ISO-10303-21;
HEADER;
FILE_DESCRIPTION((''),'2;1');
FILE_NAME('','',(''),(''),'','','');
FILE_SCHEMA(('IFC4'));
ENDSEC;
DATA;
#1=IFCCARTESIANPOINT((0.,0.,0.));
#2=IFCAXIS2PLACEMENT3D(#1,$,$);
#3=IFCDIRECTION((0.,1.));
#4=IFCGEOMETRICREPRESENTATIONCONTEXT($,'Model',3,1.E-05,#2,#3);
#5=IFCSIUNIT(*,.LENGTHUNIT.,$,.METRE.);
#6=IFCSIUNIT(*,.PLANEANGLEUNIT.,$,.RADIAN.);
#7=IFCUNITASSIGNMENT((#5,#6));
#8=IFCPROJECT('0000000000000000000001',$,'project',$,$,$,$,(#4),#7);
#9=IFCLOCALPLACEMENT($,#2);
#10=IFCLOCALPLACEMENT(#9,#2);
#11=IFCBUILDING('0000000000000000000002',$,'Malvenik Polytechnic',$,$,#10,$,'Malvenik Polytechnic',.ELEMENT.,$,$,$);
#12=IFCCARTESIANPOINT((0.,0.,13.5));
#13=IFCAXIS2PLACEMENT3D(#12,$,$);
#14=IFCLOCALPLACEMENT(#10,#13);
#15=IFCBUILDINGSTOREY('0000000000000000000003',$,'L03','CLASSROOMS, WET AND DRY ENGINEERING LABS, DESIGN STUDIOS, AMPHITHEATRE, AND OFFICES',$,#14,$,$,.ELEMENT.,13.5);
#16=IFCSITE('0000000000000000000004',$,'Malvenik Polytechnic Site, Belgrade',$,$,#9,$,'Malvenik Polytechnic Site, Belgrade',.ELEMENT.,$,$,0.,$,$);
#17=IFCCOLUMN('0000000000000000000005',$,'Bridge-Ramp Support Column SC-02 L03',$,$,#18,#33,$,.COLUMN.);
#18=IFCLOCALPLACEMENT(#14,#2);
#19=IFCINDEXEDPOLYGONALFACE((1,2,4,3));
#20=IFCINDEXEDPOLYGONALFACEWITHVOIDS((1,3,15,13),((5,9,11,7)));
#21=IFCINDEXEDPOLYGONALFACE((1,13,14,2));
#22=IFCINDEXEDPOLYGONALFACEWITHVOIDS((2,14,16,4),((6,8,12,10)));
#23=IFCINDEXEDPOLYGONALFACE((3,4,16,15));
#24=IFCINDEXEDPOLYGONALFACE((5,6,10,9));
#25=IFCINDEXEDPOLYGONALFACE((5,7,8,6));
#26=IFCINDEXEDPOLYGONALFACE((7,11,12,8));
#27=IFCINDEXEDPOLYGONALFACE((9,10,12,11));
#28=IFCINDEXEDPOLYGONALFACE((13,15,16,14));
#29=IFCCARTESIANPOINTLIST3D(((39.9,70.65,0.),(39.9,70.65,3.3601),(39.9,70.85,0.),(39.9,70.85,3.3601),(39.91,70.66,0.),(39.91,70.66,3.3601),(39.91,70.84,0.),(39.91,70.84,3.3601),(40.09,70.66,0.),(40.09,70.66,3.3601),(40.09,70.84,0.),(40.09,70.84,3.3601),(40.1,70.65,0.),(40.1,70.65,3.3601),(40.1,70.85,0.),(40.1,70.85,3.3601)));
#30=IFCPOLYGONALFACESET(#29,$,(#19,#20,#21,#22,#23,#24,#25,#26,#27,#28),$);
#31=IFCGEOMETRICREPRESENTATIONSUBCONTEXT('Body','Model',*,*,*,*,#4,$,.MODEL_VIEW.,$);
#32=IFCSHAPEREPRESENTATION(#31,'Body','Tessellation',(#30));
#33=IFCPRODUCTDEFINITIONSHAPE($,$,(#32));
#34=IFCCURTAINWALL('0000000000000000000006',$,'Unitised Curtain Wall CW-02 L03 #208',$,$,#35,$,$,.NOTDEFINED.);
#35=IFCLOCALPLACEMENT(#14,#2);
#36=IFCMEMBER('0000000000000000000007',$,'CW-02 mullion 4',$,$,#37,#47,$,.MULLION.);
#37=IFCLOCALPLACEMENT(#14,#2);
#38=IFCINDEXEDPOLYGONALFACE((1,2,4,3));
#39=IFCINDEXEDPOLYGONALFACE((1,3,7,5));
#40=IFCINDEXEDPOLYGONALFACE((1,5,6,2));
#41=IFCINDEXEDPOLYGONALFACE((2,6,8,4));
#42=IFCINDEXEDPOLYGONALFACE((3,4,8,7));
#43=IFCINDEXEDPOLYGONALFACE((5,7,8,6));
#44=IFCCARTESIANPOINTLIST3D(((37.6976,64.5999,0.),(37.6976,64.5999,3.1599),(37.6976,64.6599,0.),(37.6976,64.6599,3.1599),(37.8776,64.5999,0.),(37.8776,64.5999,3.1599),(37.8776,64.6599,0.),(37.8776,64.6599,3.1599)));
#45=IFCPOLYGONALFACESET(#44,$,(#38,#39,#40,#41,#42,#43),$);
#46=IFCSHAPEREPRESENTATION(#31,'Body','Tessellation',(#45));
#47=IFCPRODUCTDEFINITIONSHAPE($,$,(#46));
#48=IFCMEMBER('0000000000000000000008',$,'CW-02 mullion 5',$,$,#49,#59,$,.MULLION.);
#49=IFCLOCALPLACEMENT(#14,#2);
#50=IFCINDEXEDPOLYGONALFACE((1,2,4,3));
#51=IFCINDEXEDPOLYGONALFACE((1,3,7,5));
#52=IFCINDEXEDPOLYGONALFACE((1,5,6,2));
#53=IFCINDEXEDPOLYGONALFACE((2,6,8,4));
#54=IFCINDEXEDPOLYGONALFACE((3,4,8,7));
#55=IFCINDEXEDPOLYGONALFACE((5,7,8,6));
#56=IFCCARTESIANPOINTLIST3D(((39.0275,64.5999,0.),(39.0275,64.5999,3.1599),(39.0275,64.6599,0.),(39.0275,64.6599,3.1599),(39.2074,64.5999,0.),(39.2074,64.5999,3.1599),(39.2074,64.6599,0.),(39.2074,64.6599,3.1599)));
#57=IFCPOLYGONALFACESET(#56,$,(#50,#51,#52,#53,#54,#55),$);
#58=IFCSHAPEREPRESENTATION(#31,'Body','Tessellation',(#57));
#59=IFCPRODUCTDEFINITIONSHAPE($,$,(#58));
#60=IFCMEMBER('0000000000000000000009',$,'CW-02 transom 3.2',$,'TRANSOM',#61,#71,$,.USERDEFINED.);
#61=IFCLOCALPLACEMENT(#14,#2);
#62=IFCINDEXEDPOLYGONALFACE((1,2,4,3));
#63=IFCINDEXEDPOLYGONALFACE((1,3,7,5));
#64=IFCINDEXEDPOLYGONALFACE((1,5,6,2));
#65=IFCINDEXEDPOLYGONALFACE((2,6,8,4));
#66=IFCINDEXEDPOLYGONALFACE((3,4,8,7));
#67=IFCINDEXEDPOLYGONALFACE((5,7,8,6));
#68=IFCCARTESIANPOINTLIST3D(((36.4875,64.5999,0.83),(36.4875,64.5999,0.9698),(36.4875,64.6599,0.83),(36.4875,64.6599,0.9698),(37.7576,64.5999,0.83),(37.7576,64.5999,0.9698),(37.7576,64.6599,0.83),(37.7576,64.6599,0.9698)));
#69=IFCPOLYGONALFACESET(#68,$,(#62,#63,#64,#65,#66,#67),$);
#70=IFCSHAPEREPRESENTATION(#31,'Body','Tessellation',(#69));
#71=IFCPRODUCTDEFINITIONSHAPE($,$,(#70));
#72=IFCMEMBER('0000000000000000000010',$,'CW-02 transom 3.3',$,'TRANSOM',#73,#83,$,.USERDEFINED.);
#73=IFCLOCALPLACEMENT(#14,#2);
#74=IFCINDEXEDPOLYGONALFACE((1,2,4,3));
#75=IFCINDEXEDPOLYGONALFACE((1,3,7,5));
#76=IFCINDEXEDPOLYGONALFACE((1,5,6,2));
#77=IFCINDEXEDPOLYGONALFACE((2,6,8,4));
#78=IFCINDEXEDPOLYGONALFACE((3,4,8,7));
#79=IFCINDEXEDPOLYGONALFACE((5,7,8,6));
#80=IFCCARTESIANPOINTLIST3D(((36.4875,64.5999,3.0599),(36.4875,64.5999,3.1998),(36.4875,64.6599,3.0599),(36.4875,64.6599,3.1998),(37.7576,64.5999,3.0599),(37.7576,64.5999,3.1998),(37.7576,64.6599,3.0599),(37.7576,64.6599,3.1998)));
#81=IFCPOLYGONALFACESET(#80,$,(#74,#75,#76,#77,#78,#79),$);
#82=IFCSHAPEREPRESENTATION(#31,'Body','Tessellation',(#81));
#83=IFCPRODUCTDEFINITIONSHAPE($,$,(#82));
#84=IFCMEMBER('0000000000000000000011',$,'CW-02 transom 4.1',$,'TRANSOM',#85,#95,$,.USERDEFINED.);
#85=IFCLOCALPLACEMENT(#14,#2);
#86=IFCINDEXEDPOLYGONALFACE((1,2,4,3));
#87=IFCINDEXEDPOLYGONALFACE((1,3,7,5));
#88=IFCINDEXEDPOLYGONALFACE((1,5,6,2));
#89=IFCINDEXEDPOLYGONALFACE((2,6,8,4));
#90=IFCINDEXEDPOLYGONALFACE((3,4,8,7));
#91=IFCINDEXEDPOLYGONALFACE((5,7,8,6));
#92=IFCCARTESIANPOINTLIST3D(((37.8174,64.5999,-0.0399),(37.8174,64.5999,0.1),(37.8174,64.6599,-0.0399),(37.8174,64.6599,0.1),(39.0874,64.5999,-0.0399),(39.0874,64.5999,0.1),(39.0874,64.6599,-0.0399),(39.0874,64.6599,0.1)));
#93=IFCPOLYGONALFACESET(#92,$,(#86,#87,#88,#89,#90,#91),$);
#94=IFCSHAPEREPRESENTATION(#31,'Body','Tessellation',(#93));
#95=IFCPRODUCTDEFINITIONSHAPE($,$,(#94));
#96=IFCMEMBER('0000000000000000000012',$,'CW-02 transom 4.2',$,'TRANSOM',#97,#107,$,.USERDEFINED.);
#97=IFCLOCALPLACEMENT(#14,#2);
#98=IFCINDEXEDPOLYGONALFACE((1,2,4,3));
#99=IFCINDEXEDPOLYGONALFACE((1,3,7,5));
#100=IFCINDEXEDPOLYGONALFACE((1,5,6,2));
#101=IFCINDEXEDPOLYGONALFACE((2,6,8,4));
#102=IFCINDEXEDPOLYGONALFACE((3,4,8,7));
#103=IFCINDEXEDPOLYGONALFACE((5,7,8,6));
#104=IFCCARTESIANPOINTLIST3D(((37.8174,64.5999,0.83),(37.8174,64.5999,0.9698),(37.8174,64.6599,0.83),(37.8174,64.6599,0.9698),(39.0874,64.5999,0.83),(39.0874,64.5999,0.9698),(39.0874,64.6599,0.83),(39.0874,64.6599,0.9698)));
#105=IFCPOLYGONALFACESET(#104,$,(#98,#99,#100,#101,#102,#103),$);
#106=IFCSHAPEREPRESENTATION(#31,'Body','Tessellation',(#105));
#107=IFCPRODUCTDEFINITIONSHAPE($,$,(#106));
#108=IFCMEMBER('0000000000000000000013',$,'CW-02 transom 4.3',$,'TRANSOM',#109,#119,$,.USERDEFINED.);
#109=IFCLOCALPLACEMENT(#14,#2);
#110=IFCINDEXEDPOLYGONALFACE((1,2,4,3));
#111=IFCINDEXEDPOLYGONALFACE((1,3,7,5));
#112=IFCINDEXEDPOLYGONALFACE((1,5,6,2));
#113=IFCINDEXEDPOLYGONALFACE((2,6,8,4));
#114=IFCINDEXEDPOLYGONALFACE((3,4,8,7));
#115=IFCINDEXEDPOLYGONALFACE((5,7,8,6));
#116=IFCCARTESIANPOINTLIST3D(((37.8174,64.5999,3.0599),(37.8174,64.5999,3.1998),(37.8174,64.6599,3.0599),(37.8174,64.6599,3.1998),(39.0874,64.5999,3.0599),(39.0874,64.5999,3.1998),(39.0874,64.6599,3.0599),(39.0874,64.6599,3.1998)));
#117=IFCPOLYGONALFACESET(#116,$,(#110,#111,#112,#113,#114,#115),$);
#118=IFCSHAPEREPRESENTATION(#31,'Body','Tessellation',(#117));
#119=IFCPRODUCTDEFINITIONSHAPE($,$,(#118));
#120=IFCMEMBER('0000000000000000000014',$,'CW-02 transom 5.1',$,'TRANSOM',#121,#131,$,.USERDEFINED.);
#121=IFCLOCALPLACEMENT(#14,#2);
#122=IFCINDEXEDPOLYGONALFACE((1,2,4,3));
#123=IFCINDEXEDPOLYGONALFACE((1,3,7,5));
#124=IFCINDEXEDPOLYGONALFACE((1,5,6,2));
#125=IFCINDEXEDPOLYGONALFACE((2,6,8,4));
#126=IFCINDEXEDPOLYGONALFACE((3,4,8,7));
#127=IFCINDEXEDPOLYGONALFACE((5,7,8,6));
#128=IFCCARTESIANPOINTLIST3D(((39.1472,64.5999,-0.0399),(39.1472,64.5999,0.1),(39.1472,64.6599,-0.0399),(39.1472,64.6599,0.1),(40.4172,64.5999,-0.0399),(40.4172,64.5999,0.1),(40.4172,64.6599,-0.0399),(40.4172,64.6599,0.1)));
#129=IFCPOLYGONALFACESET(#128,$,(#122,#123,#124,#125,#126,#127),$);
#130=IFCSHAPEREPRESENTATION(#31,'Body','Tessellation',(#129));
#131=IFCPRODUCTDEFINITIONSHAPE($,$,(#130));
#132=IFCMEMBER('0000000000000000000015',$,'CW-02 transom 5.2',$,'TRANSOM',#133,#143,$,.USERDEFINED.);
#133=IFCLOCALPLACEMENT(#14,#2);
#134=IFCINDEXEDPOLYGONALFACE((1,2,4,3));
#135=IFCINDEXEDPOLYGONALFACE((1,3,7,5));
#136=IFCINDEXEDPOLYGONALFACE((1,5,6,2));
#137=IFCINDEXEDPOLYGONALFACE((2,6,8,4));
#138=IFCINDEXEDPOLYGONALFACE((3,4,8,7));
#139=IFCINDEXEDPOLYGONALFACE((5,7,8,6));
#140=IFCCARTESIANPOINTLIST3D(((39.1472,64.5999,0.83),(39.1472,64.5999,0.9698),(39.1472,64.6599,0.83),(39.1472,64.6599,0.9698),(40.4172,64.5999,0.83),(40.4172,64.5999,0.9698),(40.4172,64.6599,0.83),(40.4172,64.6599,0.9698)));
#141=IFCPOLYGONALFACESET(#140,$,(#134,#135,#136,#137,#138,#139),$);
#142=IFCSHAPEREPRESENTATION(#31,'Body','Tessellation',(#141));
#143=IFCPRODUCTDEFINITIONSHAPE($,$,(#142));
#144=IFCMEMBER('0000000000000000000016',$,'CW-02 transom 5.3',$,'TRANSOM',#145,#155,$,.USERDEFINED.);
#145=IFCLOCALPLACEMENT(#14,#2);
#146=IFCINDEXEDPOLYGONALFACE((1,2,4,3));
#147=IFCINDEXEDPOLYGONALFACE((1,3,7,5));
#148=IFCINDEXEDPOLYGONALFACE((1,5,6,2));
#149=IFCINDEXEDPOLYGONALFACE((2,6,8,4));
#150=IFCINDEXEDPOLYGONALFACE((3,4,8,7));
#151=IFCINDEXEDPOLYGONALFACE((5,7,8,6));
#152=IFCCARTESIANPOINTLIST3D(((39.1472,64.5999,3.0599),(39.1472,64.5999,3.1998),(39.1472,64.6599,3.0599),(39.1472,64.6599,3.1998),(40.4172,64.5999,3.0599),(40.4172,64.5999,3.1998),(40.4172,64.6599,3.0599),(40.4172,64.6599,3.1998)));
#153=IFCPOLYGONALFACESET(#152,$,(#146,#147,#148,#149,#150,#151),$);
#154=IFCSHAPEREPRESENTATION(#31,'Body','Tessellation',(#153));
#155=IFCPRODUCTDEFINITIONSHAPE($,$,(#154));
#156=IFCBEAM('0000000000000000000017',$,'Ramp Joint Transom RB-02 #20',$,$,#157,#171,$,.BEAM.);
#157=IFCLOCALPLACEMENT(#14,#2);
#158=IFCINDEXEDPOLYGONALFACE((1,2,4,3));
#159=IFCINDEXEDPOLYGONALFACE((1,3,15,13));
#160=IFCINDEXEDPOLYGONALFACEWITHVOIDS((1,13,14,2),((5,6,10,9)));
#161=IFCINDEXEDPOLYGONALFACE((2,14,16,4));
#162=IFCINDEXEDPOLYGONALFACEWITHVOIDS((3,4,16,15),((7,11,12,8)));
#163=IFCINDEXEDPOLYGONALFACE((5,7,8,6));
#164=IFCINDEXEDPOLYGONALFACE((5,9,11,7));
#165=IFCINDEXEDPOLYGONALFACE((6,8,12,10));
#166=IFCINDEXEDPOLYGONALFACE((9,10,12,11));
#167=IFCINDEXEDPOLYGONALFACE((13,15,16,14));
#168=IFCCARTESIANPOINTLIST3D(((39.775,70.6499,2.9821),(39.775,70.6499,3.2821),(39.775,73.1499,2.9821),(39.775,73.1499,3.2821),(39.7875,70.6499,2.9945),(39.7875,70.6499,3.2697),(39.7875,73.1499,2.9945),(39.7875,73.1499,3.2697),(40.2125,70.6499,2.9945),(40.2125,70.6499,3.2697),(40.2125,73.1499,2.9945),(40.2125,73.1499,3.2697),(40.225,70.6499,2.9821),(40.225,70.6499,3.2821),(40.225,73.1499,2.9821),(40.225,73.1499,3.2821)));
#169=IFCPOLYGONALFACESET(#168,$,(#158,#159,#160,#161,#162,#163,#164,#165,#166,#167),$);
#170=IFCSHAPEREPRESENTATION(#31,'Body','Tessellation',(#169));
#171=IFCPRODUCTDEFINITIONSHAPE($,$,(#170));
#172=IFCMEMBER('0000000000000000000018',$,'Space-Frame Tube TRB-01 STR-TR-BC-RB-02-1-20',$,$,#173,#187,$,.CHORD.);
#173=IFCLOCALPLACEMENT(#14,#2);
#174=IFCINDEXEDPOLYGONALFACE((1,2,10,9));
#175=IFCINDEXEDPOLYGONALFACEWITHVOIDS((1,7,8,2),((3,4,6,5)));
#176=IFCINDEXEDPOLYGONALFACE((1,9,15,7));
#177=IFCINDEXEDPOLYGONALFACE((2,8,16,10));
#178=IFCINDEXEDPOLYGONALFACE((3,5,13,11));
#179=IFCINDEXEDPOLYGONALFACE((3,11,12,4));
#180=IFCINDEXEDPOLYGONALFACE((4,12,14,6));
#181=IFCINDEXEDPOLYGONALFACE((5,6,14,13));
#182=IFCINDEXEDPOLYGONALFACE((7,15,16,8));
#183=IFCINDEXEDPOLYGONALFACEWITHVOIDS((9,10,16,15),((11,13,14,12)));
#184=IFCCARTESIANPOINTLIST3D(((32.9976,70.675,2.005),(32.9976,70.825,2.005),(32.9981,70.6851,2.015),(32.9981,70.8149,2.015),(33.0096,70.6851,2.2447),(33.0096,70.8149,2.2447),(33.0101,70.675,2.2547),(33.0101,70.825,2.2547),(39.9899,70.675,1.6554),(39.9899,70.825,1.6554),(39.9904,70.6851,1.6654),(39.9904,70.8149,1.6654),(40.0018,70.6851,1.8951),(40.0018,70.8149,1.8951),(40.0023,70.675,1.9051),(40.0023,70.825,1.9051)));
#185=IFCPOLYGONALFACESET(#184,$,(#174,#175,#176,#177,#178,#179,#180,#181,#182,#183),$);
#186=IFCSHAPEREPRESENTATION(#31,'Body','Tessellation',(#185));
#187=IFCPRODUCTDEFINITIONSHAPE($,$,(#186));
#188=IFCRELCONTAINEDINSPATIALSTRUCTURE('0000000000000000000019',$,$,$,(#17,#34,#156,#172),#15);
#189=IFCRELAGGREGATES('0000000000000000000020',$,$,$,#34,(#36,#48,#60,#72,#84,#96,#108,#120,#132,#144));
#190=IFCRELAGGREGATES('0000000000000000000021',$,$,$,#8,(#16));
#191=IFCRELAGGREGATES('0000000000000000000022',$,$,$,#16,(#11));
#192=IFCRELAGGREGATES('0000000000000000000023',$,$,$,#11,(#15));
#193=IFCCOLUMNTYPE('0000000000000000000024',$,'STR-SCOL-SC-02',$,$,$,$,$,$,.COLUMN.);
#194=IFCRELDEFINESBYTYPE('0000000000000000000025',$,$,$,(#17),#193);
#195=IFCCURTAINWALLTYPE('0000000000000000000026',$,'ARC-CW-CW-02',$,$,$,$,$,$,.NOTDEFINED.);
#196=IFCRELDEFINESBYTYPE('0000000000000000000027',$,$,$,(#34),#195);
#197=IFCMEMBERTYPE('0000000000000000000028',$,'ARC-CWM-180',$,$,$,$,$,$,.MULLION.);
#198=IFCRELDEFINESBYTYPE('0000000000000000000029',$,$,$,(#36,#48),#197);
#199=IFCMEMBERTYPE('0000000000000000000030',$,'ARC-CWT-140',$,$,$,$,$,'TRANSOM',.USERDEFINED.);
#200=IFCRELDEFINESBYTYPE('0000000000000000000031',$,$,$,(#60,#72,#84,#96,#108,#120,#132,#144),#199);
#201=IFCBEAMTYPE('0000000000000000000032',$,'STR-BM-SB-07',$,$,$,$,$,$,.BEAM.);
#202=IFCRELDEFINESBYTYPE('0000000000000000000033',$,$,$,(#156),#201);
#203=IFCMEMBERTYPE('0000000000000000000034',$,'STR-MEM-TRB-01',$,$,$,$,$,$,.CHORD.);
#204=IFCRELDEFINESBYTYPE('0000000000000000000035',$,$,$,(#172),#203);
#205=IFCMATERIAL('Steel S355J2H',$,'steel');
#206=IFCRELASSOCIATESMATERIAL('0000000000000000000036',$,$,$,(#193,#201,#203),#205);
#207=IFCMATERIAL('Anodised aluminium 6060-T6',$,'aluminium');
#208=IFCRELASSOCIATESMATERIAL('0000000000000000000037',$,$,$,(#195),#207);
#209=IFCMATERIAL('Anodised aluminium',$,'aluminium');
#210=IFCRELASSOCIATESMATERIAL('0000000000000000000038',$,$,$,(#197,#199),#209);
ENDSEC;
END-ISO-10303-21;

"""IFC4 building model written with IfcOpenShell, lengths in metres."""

from ifc_helpers import new_model, si_unit, direction, frame, origin, origin_2d, place, context, subcontext, project, spatial, rectangle, hollow_rectangle, extrude, material, material_profile, profile_set, type_object, element, aggregate, save


model = new_model("IFC4")

# Units and contexts
model_context = context("Model", 3, precision=1e-05, world=origin(), true_north=direction((0.0, 1.0)))
body_context = subcontext(model_context, "Body", "Model", "MODEL_VIEW")
ifc_project = project(units=[si_unit("LENGTHUNIT", "METRE"), si_unit("PLANEANGLEUNIT", "RADIAN")], contexts=[model_context])

# Site, building, storey
site_placement = place(None, origin())
site = spatial("IfcSite", under=ifc_project, at=site_placement, Name="Malvenik Polytechnic Site, Belgrade", LongName="Malvenik Polytechnic Site, Belgrade", CompositionType="ELEMENT", RefElevation=0.0)
building_placement = place(site_placement, origin())
building = spatial("IfcBuilding", under=site, at=building_placement, Name="Malvenik Polytechnic", LongName="Malvenik Polytechnic", CompositionType="ELEMENT")
storey_placement = place(building_placement, frame((0.0, 0.0, 13.5)))
storey = spatial("IfcBuildingStorey", under=building, at=storey_placement, Name="L03", Description="CLASSROOMS, WET AND DRY ENGINEERING LABS, DESIGN STUDIOS, AMPHITHEATRE, AND OFFICES", CompositionType="ELEMENT", Elevation=13.5)

# Column
ifc_material_1 = material(Name="Steel S355J2H", Category="steel")
ifc_material_profile_1 = material_profile(ifc_material_1, hollow_rectangle(XDim=0.2, YDim=0.2, WallThickness=0.01, at=origin_2d()), Name="SHS 200x200x10.0")
ifc_profile_set_1 = profile_set([ifc_material_profile_1], Name="Steel S355J2H")
column_type = type_object("IfcColumnType", Name="STR-SCOL-SC-02", PredefinedType="COLUMN", material=ifc_profile_set_1)
column_placement = place(storey_placement, frame((40.0, 70.75, 0.0), z_axis=(0.0, 0.0, 1.0), x_axis=(1.0, 0.0, 0.0)))
element("IfcColumn", 1, at=column_placement, inside=storey, type_object=column_type, Name="Bridge-Ramp Support Column SC-02 L03", PredefinedType="COLUMN", context=body_context, shape_type="SweptSolid", body=[
    extrude(hollow_rectangle(XDim=0.2, YDim=0.2, WallThickness=0.01, at=origin_2d()), origin(), (0.0, 0.0, 1.0), 3.3601),
])

# Curtain wall, members
ifc_material_2 = material(Name="Anodised aluminium 6060-T6", Category="aluminium")
curtain_wall_type = type_object("IfcCurtainWallType", Name="ARC-CW-CW-02", PredefinedType="NOTDEFINED", material=ifc_material_2)
curtain_wall_placement = place(storey_placement, origin())
curtain_wall = element("IfcCurtainWall", 2, at=curtain_wall_placement, inside=storey, type_object=curtain_wall_type, Name="Unitised Curtain Wall CW-02 L03 #208", PredefinedType="NOTDEFINED")
ifc_material_3 = material(Name="Anodised aluminium", Category="aluminium")
ifc_material_profile_2 = material_profile(ifc_material_3, rectangle(XDim=0.0601, YDim=0.1799, at=origin_2d()), Name="ALU MULLION 60x180")
ifc_profile_set_2 = profile_set([ifc_material_profile_2], Name="Anodised aluminium")
member_type_1 = type_object("IfcMemberType", Name="ARC-CWM-180", PredefinedType="MULLION", material=ifc_profile_set_2)
member_1_placement = place(storey_placement, frame((37.7876, 64.6299, 0.0), z_axis=(0.0, 0.0, 1.0), x_axis=(0.0, 1.0, 0.0)))
member_1 = element("IfcMember", 3, at=member_1_placement, type_object=member_type_1, Name="CW-02 mullion 4", PredefinedType="MULLION", context=body_context, shape_type="SweptSolid", body=[
    extrude(rectangle(XDim=0.0601, YDim=0.1799, at=origin_2d()), origin(), (0.0, 0.0, 1.0), 3.1599),
])
member_2_placement = place(storey_placement, frame((39.1174, 64.6299, 0.0), z_axis=(0.0, 0.0, 1.0), x_axis=(0.0, 1.0, 0.0)))
member_2 = element("IfcMember", 4, at=member_2_placement, type_object=member_type_1, Name="CW-02 mullion 5", PredefinedType="MULLION", context=body_context, shape_type="SweptSolid", body=[
    extrude(rectangle(XDim=0.0601, YDim=0.1799, at=origin_2d()), origin(), (0.0, 0.0, 1.0), 3.1599),
])
ifc_material_profile_3 = material_profile(ifc_material_3, rectangle(XDim=0.0601, YDim=0.1399, at=origin_2d()), Name="ALU TRANSOM 60x140")
ifc_profile_set_3 = profile_set([ifc_material_profile_3], Name="Anodised aluminium")
member_type_2 = type_object("IfcMemberType", Name="ARC-CWT-140", ElementType="TRANSOM", PredefinedType="USERDEFINED", material=ifc_profile_set_3)
member_3_placement = place(storey_placement, frame((36.4875, 64.6299, 0.8999), z_axis=(1.0, 0.0, 0.0), x_axis=(0.0, 1.0, 0.0)))
member_3 = element("IfcMember", 5, at=member_3_placement, type_object=member_type_2, Name="CW-02 transom 3.2", ObjectType="TRANSOM", PredefinedType="USERDEFINED", context=body_context, shape_type="SweptSolid", body=[
    extrude(rectangle(XDim=0.0601, YDim=0.1399, at=origin_2d()), origin(), (0.0, 0.0, 1.0), 1.27),
])
member_4_placement = place(storey_placement, frame((36.4875, 64.6299, 3.1299), z_axis=(1.0, 0.0, 0.0), x_axis=(0.0, 1.0, 0.0)))
member_4 = element("IfcMember", 6, at=member_4_placement, type_object=member_type_2, Name="CW-02 transom 3.3", ObjectType="TRANSOM", PredefinedType="USERDEFINED", context=body_context, shape_type="SweptSolid", body=[
    extrude(rectangle(XDim=0.0601, YDim=0.1399, at=origin_2d()), origin(), (0.0, 0.0, 1.0), 1.27),
])
member_5_placement = place(storey_placement, frame((37.8174, 64.6299, 0.03), z_axis=(1.0, 0.0, 0.0), x_axis=(0.0, 1.0, 0.0)))
member_5 = element("IfcMember", 7, at=member_5_placement, type_object=member_type_2, Name="CW-02 transom 4.1", ObjectType="TRANSOM", PredefinedType="USERDEFINED", context=body_context, shape_type="SweptSolid", body=[
    extrude(rectangle(XDim=0.0601, YDim=0.1399, at=origin_2d()), origin(), (0.0, 0.0, 1.0), 1.27),
])
member_6_placement = place(storey_placement, frame((37.8174, 64.6299, 0.8999), z_axis=(1.0, 0.0, 0.0), x_axis=(0.0, 1.0, 0.0)))
member_6 = element("IfcMember", 8, at=member_6_placement, type_object=member_type_2, Name="CW-02 transom 4.2", ObjectType="TRANSOM", PredefinedType="USERDEFINED", context=body_context, shape_type="SweptSolid", body=[
    extrude(rectangle(XDim=0.0601, YDim=0.1399, at=origin_2d()), origin(), (0.0, 0.0, 1.0), 1.27),
])
member_7_placement = place(storey_placement, frame((37.8174, 64.6299, 3.1299), z_axis=(1.0, 0.0, 0.0), x_axis=(0.0, 1.0, 0.0)))
member_7 = element("IfcMember", 9, at=member_7_placement, type_object=member_type_2, Name="CW-02 transom 4.3", ObjectType="TRANSOM", PredefinedType="USERDEFINED", context=body_context, shape_type="SweptSolid", body=[
    extrude(rectangle(XDim=0.0601, YDim=0.1399, at=origin_2d()), origin(), (0.0, 0.0, 1.0), 1.27),
])
member_8_placement = place(storey_placement, frame((39.1472, 64.6299, 0.03), z_axis=(1.0, 0.0, 0.0), x_axis=(0.0, 1.0, 0.0)))
member_8 = element("IfcMember", 10, at=member_8_placement, type_object=member_type_2, Name="CW-02 transom 5.1", ObjectType="TRANSOM", PredefinedType="USERDEFINED", context=body_context, shape_type="SweptSolid", body=[
    extrude(rectangle(XDim=0.0601, YDim=0.1399, at=origin_2d()), origin(), (0.0, 0.0, 1.0), 1.27),
])
member_9_placement = place(storey_placement, frame((39.1472, 64.6299, 0.8999), z_axis=(1.0, 0.0, 0.0), x_axis=(0.0, 1.0, 0.0)))
member_9 = element("IfcMember", 11, at=member_9_placement, type_object=member_type_2, Name="CW-02 transom 5.2", ObjectType="TRANSOM", PredefinedType="USERDEFINED", context=body_context, shape_type="SweptSolid", body=[
    extrude(rectangle(XDim=0.0601, YDim=0.1399, at=origin_2d()), origin(), (0.0, 0.0, 1.0), 1.27),
])
member_10_placement = place(storey_placement, frame((39.1472, 64.6299, 3.1299), z_axis=(1.0, 0.0, 0.0), x_axis=(0.0, 1.0, 0.0)))
member_10 = element("IfcMember", 12, at=member_10_placement, type_object=member_type_2, Name="CW-02 transom 5.3", ObjectType="TRANSOM", PredefinedType="USERDEFINED", context=body_context, shape_type="SweptSolid", body=[
    extrude(rectangle(XDim=0.0601, YDim=0.1399, at=origin_2d()), origin(), (0.0, 0.0, 1.0), 1.27),
])

# Beam
ifc_material_profile_4 = material_profile(ifc_material_1, hollow_rectangle(XDim=0.45, YDim=0.3, WallThickness=0.0125, at=origin_2d()), Name="RHS 450x300x12.5")
ifc_profile_set_4 = profile_set([ifc_material_profile_4], Name="Steel S355J2H")
beam_type = type_object("IfcBeamType", Name="STR-BM-SB-07", PredefinedType="BEAM", material=ifc_profile_set_4)
beam_placement = place(storey_placement, frame((40.0, 70.6499, 3.1321), z_axis=(0.0, 1.0, 0.0), x_axis=(-1.0, 0.0, 0.0)))
element("IfcBeam", 13, at=beam_placement, inside=storey, type_object=beam_type, Name="Ramp Joint Transom RB-02 #20", PredefinedType="BEAM", context=body_context, shape_type="SweptSolid", body=[
    extrude(hollow_rectangle(XDim=0.45, YDim=0.3, WallThickness=0.0125, at=origin_2d()), origin(), (0.0, 0.0, 1.0), 2.5),
])

# Member
ifc_material_profile_5 = material_profile(ifc_material_1, hollow_rectangle(XDim=0.1499, YDim=0.25, WallThickness=0.01, at=origin_2d()), Name="RHS 250x150x10.0")
ifc_profile_set_5 = profile_set([ifc_material_profile_5], Name="Steel S355J2H")
member_type_3 = type_object("IfcMemberType", Name="STR-MEM-TRB-01", PredefinedType="CHORD", material=ifc_profile_set_5)
member_11_placement = place(storey_placement, frame((39.9961, 70.75, 1.7803), z_axis=(-0.998752, 0.0, 0.049938), x_axis=(0.0, -1.0, 0.0)))
element("IfcMember", 14, at=member_11_placement, inside=storey, type_object=member_type_3, Name="Space-Frame Tube TRB-01 STR-TR-BC-RB-02-1-20", PredefinedType="CHORD", context=body_context, shape_type="SweptSolid", body=[
    extrude(hollow_rectangle(XDim=0.1499, YDim=0.25, WallThickness=0.01, at=origin_2d()), origin(), (0.0, 0.0, 1.0), 7.001),
])

aggregate(curtain_wall, [member_1, member_2, member_3, member_4, member_5, member_6, member_7, member_8, member_9, member_10])

save(model, "model.ifc")
